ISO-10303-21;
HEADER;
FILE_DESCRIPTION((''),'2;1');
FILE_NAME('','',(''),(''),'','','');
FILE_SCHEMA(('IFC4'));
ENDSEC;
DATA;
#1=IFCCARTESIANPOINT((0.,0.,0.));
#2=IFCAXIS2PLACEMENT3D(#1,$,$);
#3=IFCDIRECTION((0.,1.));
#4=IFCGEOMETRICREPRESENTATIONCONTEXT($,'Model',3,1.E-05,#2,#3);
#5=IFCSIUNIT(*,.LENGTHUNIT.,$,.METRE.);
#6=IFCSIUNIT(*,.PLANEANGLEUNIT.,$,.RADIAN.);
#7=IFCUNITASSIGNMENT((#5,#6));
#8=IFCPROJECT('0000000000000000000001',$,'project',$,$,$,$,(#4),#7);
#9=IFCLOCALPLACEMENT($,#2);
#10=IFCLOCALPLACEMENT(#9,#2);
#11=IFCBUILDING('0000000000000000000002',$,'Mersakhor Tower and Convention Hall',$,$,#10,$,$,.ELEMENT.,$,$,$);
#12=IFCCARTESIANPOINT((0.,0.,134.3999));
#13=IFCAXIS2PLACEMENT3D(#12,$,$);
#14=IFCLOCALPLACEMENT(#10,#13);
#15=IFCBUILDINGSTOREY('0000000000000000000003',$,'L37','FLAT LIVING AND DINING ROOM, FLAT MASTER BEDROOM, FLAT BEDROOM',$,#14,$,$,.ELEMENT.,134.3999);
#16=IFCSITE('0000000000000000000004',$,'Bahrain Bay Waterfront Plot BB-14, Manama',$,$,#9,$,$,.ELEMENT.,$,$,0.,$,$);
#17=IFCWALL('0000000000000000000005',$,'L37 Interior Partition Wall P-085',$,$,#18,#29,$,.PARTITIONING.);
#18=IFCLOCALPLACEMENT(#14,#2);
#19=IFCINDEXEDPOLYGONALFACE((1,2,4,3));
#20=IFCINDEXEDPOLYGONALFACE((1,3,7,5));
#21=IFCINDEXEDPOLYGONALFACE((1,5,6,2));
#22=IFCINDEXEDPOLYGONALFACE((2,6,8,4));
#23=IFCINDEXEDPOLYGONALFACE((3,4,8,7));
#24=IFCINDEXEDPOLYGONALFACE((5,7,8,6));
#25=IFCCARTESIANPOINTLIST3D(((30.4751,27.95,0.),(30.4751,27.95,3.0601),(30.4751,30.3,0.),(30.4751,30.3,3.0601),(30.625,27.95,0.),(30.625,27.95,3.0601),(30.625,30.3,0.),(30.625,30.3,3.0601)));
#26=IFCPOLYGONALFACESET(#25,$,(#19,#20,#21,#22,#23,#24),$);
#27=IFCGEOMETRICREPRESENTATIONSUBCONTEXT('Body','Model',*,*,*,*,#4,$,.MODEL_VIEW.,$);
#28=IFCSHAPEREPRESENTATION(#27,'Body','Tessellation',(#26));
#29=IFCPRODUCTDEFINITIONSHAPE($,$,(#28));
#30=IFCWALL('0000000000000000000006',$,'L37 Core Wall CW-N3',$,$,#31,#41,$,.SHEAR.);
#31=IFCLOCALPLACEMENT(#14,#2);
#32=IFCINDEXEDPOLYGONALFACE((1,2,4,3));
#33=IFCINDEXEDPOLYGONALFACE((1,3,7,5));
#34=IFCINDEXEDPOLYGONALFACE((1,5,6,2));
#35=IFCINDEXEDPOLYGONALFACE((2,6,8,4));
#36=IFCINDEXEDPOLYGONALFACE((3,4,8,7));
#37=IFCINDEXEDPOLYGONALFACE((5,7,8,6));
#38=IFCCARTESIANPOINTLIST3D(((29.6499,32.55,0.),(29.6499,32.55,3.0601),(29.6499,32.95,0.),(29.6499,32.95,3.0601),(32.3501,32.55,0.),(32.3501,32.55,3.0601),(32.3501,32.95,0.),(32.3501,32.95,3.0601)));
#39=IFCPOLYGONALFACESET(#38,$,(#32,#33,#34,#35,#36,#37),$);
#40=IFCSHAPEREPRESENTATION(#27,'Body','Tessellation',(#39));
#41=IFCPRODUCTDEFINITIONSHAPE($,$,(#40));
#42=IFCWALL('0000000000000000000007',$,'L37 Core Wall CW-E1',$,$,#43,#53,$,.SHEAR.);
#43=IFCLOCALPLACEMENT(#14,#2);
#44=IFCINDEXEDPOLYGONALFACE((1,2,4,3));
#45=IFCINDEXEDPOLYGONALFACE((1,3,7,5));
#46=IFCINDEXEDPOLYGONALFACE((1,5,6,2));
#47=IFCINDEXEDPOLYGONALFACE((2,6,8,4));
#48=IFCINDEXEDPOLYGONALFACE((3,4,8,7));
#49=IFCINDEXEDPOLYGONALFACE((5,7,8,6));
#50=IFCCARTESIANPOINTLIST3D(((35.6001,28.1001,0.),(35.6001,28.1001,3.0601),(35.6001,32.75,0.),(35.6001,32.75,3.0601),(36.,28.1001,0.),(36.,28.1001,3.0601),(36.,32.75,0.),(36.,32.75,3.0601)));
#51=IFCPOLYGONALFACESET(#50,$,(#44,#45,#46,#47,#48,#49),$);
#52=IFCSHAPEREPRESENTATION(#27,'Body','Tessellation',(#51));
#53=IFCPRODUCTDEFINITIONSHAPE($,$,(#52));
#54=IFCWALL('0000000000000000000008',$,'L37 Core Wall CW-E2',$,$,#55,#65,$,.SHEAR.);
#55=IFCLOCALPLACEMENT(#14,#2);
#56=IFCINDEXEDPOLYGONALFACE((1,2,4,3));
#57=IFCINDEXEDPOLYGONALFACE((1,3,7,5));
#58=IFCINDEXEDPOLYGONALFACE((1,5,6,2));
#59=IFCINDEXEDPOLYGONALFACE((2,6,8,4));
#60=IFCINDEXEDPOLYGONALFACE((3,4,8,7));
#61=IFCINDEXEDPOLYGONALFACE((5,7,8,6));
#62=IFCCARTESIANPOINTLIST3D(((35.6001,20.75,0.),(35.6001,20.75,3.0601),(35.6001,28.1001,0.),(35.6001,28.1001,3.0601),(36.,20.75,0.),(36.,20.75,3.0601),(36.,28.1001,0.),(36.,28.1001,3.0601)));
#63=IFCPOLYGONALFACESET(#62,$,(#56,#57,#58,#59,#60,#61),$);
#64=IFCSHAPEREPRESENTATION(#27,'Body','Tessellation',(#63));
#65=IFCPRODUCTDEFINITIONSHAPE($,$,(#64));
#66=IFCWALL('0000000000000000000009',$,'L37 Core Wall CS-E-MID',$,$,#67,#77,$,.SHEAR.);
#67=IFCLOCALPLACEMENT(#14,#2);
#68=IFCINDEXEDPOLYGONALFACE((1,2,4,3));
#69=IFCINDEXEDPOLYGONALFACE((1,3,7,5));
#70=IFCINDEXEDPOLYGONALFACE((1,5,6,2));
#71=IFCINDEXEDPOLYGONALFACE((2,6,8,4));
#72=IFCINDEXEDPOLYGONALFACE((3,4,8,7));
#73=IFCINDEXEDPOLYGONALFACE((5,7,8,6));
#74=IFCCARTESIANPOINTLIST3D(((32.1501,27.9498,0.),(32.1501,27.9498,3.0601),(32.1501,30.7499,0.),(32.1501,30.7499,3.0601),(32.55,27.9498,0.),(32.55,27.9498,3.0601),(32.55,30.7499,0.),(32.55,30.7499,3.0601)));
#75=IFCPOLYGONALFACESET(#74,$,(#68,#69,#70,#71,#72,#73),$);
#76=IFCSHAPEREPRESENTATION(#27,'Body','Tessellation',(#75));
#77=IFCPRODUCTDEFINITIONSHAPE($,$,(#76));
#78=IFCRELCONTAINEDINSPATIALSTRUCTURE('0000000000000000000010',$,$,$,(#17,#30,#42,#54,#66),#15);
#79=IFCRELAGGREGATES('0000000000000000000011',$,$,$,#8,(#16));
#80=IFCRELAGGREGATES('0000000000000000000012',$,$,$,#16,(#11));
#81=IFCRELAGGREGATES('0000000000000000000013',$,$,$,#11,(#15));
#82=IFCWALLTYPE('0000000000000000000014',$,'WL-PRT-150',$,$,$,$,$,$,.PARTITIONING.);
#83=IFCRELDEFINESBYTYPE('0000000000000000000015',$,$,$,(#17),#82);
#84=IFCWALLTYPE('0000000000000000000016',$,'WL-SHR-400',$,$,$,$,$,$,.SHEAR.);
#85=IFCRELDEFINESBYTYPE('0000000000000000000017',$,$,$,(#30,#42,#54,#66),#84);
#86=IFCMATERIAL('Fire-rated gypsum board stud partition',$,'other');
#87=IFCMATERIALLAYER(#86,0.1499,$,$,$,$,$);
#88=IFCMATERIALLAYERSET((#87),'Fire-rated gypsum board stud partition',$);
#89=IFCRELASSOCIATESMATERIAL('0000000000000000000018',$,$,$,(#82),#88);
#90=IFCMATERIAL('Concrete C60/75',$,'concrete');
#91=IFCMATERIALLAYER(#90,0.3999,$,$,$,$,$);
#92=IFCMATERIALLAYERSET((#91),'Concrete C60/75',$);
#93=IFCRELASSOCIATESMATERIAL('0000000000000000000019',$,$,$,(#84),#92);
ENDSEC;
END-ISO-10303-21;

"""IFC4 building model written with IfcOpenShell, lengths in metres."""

from ifc_helpers import new_model, si_unit, direction, frame, frame_2d, origin, place, context, subcontext, project, spatial, rectangle, extrude, material, layer, layer_set, type_object, element, save


model = new_model("IFC4")

# Units and contexts
model_context = context("Model", 3, precision=1e-05, world=origin(), true_north=direction((0.0, 1.0)))
body_context = subcontext(model_context, "Body", "Model", "MODEL_VIEW")
ifc_project = project(units=[si_unit("LENGTHUNIT", "METRE"), si_unit("PLANEANGLEUNIT", "RADIAN")], contexts=[model_context])

# Site, building, storey
site_placement = place(None, origin())
site = spatial("IfcSite", under=ifc_project, at=site_placement, Name="Bahrain Bay Waterfront Plot BB-14, Manama", CompositionType="ELEMENT", RefElevation=0.0)
building_placement = place(site_placement, origin())
building = spatial("IfcBuilding", under=site, at=building_placement, Name="Mersakhor Tower and Convention Hall", CompositionType="ELEMENT")
storey_placement = place(building_placement, frame((0.0, 0.0, 134.3999)))
storey = spatial("IfcBuildingStorey", under=building, at=storey_placement, Name="L37", Description="FLAT LIVING AND DINING ROOM, FLAT MASTER BEDROOM, FLAT BEDROOM", CompositionType="ELEMENT", Elevation=134.3999)

# Shared definitions
ifc_material_1 = material(Name="Fire-rated gypsum board stud partition", Category="other")
ifc_layer_1 = layer(ifc_material_1, 0.1499)
ifc_layer_set_1 = layer_set([ifc_layer_1], Name="Fire-rated gypsum board stud partition")
wall_type_1 = type_object("IfcWallType", Name="WL-PRT-150", PredefinedType="PARTITIONING", material=ifc_layer_set_1)

# Wall
wall_1_placement = place(storey_placement, frame((30.55, 30.3, 0.0), z_axis=(0.0, 0.0, 1.0), x_axis=(0.0, -1.0, 0.0)))
element("IfcWall", 1, at=wall_1_placement, inside=storey, type_object=wall_type_1, Name="L37 Interior Partition Wall P-085", PredefinedType="PARTITIONING", context=body_context, shape_type="SweptSolid", body=[
    extrude(rectangle(XDim=2.3501, YDim=0.1499, at=frame_2d((1.175, 0.0))), origin(), (0.0, 0.0, 1.0), 3.0601),
])

# Shared definitions
ifc_material_2 = material(Name="Concrete C60/75", Category="concrete")
ifc_layer_2 = layer(ifc_material_2, 0.3999)
ifc_layer_set_2 = layer_set([ifc_layer_2], Name="Concrete C60/75")
wall_type_2 = type_object("IfcWallType", Name="WL-SHR-400", PredefinedType="SHEAR", material=ifc_layer_set_2)

# Wall
wall_2_placement = place(storey_placement, frame((29.6499, 32.75, 0.0), z_axis=(0.0, 0.0, 1.0), x_axis=(1.0, 0.0, 0.0)))
element("IfcWall", 2, at=wall_2_placement, inside=storey, type_object=wall_type_2, Name="L37 Core Wall CW-N3", PredefinedType="SHEAR", context=body_context, shape_type="SweptSolid", body=[
    extrude(rectangle(XDim=2.7002, YDim=0.3999, at=frame_2d((1.3501, 0.0))), origin(), (0.0, 0.0, 1.0), 3.0601),
])

# Walls
wall_3_placement = place(storey_placement, frame((35.8, 32.75, 0.0), z_axis=(0.0, 0.0, 1.0), x_axis=(0.0, -1.0, 0.0)))
element("IfcWall", 3, at=wall_3_placement, inside=storey, type_object=wall_type_2, Name="L37 Core Wall CW-E1", PredefinedType="SHEAR", context=body_context, shape_type="SweptSolid", body=[
    extrude(rectangle(XDim=4.6499, YDim=0.3999, at=frame_2d((2.325, 0.0))), origin(), (0.0, 0.0, 1.0), 3.0601),
])
wall_4_placement = place(storey_placement, frame((35.8, 28.1001, 0.0), z_axis=(0.0, 0.0, 1.0), x_axis=(0.0, -1.0, 0.0)))
element("IfcWall", 4, at=wall_4_placement, inside=storey, type_object=wall_type_2, Name="L37 Core Wall CW-E2", PredefinedType="SHEAR", context=body_context, shape_type="SweptSolid", body=[
    extrude(rectangle(XDim=7.3501, YDim=0.3999, at=frame_2d((3.675, 0.0))), origin(), (0.0, 0.0, 1.0), 3.0601),
])
wall_5_placement = place(storey_placement, frame((32.3501, 27.95, 0.0), z_axis=(0.0, 0.0, 1.0), x_axis=(0.0, 1.0, 0.0)))
element("IfcWall", 5, at=wall_5_placement, inside=storey, type_object=wall_type_2, Name="L37 Core Wall CS-E-MID", PredefinedType="SHEAR", context=body_context, shape_type="SweptSolid", body=[
    extrude(rectangle(XDim=2.8, YDim=0.3999, at=frame_2d((1.3999, 0.0))), origin(), (0.0, 0.0, 1.0), 3.0601),
])

save(model, "model.ifc")
